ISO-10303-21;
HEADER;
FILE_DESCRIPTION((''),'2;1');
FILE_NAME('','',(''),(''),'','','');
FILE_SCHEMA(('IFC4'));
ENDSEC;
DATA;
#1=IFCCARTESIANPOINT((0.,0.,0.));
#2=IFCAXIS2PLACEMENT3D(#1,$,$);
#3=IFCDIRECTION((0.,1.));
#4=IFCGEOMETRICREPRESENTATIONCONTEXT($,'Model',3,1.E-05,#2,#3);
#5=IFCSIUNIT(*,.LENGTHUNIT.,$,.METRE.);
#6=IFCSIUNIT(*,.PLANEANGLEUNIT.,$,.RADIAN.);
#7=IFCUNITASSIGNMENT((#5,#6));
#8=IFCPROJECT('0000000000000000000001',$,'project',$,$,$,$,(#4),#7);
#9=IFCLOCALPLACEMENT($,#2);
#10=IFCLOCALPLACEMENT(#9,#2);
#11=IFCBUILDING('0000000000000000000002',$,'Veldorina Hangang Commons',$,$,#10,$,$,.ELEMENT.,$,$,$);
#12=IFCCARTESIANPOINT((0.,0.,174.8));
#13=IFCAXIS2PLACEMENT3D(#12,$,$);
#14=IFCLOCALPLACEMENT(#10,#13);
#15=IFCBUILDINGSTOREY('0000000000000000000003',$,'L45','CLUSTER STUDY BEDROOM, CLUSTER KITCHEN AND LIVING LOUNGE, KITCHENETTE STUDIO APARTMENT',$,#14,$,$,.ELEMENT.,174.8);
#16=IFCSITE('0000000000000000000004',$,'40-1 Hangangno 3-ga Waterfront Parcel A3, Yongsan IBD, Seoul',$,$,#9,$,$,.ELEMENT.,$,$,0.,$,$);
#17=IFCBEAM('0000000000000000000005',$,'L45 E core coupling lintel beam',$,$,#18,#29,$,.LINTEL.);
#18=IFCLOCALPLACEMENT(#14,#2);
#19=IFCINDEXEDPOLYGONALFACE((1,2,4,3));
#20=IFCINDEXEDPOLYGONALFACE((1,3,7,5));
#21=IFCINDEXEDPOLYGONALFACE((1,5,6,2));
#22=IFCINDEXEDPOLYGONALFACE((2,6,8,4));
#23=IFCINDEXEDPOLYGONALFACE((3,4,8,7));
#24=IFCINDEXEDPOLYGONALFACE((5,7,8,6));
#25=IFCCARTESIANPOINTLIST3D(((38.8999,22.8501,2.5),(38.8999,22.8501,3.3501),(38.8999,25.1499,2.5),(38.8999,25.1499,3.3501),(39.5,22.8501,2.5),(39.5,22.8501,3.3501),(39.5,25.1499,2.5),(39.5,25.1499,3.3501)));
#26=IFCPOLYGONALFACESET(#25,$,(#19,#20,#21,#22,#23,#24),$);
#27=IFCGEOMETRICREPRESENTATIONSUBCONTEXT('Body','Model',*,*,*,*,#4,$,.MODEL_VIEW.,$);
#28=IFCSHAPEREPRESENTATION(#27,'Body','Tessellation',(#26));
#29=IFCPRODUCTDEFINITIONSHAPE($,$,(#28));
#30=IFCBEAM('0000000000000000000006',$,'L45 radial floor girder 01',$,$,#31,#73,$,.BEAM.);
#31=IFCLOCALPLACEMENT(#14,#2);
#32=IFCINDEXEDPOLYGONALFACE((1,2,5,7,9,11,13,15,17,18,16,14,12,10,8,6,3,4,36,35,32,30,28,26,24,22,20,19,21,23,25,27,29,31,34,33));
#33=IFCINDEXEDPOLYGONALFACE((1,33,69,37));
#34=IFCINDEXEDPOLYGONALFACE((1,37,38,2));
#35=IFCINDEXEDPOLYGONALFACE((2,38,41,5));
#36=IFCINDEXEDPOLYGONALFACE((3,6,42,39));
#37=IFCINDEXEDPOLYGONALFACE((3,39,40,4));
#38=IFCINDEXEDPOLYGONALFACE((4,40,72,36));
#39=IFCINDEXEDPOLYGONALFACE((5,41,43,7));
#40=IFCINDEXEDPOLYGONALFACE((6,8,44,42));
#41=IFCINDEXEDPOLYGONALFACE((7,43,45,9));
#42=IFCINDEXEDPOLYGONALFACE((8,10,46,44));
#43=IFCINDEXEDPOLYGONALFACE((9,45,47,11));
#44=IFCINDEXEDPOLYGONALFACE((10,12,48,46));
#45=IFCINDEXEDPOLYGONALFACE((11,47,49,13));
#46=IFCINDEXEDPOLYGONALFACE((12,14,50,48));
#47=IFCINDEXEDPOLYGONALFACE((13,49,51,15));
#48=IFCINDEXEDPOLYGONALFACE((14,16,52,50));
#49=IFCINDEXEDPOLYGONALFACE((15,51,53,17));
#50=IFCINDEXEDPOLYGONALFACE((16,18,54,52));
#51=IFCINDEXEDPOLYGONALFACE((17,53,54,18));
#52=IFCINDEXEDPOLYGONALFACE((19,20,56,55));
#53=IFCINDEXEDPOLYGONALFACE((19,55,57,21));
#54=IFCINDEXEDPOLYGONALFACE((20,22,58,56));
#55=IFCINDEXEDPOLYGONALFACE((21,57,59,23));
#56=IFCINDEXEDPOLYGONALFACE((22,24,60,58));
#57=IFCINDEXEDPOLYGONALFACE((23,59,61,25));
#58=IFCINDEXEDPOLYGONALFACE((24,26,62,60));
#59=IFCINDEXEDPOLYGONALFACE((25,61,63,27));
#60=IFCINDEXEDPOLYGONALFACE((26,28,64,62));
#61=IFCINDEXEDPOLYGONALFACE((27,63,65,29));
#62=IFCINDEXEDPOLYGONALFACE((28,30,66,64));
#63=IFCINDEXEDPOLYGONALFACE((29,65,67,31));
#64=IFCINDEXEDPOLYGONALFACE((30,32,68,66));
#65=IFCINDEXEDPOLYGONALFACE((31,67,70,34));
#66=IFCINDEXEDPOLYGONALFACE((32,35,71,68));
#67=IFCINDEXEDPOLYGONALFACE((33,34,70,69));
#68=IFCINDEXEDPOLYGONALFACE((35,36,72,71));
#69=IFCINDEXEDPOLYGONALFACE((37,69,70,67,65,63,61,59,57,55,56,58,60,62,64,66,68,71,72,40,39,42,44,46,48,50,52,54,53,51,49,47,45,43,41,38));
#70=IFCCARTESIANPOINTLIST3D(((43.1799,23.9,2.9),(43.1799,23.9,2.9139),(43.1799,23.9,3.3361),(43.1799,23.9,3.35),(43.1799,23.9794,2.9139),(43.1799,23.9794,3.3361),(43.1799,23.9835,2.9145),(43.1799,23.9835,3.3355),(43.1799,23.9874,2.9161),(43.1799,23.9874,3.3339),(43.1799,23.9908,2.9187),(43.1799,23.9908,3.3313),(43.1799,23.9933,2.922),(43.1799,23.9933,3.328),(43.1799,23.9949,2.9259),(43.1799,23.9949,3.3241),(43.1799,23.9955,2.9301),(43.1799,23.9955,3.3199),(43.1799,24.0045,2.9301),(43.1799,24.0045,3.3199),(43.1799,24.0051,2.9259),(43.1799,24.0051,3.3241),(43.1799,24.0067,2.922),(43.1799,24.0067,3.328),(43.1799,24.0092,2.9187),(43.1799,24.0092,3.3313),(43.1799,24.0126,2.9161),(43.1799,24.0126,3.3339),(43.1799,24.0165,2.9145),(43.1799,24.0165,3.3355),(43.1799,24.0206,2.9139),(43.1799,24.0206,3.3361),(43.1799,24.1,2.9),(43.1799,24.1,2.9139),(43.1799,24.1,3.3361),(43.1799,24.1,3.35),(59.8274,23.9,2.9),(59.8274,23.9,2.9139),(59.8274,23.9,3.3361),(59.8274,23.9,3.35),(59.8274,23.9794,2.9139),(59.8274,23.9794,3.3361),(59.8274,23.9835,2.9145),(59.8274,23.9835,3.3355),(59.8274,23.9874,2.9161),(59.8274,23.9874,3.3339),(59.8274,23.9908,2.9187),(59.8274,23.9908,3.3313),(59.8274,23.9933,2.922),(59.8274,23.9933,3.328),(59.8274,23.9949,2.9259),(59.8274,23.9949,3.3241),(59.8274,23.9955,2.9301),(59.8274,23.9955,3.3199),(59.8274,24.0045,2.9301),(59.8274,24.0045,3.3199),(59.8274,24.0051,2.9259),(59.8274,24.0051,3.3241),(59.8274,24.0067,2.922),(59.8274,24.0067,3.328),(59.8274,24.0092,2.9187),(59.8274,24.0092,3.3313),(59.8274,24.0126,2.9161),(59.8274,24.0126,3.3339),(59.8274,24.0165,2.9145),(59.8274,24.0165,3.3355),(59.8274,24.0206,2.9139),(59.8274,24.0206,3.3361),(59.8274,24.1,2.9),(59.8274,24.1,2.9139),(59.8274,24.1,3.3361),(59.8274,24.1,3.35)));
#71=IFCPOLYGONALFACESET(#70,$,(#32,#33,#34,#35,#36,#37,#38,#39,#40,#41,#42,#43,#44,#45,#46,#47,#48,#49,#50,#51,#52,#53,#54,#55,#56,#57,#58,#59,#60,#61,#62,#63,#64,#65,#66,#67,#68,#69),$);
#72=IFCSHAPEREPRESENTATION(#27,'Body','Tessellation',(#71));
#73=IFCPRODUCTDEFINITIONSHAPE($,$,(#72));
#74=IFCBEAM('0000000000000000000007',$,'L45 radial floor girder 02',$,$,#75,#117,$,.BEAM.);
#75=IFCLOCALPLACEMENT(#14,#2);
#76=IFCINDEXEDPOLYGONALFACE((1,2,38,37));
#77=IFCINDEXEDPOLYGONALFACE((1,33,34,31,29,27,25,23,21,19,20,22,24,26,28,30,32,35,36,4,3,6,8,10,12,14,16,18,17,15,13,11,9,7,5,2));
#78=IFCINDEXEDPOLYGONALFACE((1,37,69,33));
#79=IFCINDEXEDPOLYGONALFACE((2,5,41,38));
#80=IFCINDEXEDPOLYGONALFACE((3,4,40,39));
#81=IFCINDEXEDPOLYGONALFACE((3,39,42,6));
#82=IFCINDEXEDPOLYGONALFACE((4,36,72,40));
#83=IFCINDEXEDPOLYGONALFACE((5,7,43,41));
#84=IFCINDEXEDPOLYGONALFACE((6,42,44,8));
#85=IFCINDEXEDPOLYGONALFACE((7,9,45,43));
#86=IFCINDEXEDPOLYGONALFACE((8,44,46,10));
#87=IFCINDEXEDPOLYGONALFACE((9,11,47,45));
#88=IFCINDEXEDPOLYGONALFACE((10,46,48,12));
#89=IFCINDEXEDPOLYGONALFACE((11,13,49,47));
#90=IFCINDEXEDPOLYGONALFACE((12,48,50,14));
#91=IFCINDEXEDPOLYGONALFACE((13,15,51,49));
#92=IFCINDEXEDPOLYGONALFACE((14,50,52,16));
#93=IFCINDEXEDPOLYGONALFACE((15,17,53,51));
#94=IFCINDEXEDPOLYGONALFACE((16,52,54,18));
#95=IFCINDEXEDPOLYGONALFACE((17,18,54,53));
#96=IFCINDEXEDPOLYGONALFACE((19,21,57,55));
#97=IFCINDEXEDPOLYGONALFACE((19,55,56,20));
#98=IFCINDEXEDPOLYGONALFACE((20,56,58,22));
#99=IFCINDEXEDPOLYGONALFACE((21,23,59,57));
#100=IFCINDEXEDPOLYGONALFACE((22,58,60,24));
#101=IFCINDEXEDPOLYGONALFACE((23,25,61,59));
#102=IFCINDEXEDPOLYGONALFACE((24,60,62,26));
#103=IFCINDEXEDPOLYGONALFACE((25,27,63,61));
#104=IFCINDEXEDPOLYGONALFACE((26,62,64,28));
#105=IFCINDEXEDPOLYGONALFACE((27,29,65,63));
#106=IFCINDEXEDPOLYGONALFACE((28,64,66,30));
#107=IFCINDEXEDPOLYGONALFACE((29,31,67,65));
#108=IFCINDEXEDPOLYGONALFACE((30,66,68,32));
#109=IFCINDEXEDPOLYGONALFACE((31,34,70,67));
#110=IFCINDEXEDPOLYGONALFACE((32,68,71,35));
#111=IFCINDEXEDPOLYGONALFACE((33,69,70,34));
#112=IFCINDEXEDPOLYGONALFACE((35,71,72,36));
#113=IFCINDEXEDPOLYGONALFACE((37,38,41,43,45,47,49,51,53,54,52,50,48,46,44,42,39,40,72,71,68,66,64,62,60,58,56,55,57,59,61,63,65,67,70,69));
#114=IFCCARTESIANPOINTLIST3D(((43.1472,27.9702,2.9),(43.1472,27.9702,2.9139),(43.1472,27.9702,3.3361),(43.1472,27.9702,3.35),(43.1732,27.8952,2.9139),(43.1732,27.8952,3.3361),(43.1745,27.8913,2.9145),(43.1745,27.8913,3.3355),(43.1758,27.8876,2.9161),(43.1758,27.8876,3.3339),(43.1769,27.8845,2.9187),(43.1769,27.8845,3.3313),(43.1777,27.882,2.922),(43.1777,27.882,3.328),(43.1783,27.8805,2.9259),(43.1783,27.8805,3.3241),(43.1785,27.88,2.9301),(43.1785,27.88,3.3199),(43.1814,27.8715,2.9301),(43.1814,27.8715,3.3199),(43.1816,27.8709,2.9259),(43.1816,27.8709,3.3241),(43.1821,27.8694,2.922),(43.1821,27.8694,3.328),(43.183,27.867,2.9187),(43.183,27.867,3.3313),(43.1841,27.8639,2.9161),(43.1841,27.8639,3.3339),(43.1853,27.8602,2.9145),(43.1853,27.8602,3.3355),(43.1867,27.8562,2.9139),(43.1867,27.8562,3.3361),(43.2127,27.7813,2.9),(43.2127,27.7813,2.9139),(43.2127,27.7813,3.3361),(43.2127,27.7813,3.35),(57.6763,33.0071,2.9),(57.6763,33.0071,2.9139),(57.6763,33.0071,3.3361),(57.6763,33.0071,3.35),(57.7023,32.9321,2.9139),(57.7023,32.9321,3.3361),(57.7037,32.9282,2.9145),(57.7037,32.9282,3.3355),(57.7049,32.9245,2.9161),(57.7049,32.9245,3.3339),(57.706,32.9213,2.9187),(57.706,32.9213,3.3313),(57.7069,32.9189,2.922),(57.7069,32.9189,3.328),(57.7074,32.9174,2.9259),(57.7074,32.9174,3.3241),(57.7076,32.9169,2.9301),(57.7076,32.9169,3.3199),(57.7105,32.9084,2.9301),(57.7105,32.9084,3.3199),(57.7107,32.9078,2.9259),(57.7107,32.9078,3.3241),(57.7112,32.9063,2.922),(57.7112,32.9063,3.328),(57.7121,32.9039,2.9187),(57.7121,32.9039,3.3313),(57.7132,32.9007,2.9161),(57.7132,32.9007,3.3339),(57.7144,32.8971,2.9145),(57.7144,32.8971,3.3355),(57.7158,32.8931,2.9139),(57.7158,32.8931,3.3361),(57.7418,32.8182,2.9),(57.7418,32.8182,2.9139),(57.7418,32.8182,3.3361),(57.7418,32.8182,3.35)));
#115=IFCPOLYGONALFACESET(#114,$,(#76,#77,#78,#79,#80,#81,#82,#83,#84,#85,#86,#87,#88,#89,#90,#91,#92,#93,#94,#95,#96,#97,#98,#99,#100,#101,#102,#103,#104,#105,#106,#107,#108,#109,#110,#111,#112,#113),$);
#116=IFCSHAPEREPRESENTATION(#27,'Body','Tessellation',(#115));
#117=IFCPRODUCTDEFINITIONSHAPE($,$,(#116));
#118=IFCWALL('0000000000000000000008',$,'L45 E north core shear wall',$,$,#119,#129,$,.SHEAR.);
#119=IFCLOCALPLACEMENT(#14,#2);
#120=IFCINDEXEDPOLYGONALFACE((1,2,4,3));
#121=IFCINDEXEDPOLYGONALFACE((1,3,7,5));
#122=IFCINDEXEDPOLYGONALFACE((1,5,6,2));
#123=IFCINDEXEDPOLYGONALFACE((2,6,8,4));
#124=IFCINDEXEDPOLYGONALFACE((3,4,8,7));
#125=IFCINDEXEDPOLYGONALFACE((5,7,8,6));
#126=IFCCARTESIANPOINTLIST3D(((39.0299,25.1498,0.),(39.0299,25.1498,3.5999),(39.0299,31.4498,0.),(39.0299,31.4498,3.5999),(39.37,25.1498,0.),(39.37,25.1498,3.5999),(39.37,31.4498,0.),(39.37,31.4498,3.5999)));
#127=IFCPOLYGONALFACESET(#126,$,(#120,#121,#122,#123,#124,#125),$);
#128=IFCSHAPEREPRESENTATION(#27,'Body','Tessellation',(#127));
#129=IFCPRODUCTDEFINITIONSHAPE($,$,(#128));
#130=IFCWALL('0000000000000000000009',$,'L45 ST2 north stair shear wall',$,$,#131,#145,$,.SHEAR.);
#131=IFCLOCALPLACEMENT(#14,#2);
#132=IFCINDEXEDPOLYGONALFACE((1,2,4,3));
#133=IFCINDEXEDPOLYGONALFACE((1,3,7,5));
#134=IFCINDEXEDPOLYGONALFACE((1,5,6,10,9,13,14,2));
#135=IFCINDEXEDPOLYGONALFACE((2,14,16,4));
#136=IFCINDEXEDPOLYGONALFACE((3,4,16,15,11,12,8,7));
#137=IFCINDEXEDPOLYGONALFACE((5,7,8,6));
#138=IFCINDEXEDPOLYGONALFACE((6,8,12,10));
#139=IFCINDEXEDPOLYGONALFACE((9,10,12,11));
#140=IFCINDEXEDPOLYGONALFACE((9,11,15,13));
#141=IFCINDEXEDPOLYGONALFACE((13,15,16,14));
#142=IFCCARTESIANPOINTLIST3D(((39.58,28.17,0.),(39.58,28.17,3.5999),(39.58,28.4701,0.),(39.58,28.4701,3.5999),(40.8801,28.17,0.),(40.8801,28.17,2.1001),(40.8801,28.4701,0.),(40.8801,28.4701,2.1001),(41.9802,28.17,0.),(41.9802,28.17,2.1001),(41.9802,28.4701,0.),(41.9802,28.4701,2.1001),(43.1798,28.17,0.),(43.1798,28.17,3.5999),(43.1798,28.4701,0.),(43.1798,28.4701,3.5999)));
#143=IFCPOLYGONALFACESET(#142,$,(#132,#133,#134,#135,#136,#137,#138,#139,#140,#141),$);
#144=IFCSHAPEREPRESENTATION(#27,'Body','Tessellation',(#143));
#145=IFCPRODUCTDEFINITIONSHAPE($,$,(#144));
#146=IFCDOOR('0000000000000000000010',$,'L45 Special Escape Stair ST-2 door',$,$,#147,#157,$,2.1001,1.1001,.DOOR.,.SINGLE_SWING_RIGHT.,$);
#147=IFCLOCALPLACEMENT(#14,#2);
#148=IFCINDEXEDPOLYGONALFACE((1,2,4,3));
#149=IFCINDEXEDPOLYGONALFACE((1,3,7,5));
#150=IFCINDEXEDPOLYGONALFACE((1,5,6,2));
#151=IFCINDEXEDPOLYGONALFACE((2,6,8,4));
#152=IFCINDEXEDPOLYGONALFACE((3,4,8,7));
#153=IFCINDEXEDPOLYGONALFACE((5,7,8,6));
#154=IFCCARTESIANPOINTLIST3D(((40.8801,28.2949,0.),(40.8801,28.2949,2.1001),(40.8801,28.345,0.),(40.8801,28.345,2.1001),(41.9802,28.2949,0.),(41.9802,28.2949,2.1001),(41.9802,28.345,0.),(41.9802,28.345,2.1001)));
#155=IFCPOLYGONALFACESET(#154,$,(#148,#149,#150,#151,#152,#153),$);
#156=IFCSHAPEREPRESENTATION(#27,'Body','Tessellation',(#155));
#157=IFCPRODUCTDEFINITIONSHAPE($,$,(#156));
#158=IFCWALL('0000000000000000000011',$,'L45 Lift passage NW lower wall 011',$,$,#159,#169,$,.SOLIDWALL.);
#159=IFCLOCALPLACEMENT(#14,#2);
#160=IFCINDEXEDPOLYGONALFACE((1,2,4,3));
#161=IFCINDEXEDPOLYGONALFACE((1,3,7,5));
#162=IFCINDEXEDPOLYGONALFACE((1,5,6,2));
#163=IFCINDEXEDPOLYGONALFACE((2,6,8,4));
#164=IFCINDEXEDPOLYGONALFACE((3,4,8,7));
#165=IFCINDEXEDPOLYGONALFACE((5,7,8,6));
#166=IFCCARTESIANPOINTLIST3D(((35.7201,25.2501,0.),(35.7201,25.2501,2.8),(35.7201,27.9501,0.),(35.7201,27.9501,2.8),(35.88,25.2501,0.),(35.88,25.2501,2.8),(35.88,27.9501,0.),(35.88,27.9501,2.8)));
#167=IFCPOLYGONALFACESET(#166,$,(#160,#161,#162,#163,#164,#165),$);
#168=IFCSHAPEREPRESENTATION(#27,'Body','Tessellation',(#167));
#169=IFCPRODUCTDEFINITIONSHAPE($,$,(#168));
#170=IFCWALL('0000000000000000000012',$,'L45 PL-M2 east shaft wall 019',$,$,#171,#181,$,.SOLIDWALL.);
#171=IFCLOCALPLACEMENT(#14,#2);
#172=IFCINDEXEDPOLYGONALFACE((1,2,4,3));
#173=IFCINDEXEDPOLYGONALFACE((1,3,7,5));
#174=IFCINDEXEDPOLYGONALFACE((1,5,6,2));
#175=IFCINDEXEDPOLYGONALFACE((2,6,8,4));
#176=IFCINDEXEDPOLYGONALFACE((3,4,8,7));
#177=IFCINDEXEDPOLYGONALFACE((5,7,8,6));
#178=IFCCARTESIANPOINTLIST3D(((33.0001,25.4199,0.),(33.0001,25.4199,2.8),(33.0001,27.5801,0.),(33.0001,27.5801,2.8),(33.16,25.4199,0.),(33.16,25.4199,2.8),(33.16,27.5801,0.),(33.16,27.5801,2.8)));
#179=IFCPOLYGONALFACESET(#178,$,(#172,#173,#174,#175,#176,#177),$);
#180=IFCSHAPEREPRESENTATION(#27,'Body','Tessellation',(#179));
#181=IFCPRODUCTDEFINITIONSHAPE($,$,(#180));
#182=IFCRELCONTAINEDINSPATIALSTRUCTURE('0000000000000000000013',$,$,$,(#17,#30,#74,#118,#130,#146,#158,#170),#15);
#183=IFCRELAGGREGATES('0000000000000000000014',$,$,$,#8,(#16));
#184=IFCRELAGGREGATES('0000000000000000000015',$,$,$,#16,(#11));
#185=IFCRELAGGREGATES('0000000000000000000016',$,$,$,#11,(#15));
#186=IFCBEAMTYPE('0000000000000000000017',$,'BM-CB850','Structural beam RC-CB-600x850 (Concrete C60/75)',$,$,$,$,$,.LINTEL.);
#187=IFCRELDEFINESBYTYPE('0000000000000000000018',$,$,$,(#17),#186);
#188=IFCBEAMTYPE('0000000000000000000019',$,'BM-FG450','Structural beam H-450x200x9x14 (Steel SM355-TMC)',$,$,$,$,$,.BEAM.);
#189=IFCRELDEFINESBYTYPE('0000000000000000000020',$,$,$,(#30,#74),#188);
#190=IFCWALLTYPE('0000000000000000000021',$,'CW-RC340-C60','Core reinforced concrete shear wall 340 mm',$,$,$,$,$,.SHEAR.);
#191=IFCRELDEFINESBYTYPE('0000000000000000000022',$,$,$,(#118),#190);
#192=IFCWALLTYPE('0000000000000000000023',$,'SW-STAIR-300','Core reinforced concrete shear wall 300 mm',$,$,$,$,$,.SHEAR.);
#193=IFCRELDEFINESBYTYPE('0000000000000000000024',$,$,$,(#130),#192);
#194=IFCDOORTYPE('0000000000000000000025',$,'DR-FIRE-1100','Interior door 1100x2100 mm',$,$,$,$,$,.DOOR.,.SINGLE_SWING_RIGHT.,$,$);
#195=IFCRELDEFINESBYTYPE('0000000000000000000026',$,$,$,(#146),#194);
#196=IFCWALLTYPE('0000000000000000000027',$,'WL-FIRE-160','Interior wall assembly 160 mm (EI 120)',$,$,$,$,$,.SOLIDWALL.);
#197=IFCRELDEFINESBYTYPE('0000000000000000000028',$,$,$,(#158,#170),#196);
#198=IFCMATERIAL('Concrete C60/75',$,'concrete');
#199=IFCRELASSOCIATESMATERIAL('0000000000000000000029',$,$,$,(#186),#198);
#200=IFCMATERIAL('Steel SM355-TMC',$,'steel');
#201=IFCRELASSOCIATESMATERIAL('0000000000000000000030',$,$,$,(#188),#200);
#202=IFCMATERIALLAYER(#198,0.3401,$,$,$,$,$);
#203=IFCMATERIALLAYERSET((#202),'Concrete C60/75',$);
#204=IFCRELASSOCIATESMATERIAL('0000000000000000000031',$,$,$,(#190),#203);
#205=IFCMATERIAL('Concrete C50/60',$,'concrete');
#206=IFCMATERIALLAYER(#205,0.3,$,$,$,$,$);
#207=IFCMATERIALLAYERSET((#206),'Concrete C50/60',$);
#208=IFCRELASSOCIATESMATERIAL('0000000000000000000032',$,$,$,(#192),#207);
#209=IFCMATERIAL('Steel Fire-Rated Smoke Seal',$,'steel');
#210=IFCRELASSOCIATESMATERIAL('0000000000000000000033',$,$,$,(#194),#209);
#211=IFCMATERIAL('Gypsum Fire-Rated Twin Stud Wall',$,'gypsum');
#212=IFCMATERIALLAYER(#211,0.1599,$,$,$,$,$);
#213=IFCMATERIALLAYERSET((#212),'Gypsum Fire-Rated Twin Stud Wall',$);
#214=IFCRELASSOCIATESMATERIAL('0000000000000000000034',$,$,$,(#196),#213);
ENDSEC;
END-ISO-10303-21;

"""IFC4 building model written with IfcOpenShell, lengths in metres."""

from ifc_helpers import new_model, si_unit, direction, frame, frame_2d, origin, origin_2d, place, context, subcontext, project, spatial, rectangle, i_section, extrude, material, layer, layer_set, material_profile, profile_set, type_object, element, fill, save


model = new_model("IFC4")

# Units and contexts
model_context = context("Model", 3, precision=1e-05, world=origin(), true_north=direction((0.0, 1.0)))
body_context = subcontext(model_context, "Body", "Model", "MODEL_VIEW")
ifc_project = project(units=[si_unit("LENGTHUNIT", "METRE"), si_unit("PLANEANGLEUNIT", "RADIAN")], contexts=[model_context])

# Site, building, storey
site_placement = place(None, origin())
site = spatial("IfcSite", under=ifc_project, at=site_placement, Name="40-1 Hangangno 3-ga Waterfront Parcel A3, Yongsan IBD, Seoul", CompositionType="ELEMENT", RefElevation=0.0)
building_placement = place(site_placement, origin())
building = spatial("IfcBuilding", under=site, at=building_placement, Name="Veldorina Hangang Commons", CompositionType="ELEMENT")
storey_placement = place(building_placement, frame((0.0, 0.0, 174.8)))
storey = spatial("IfcBuildingStorey", under=building, at=storey_placement, Name="L45", Description="CLUSTER STUDY BEDROOM, CLUSTER KITCHEN AND LIVING LOUNGE, KITCHENETTE STUDIO APARTMENT", CompositionType="ELEMENT", Elevation=174.8)

# Beams
ifc_material_1 = material(Name="Concrete C60/75", Category="concrete")
ifc_material_profile_1 = material_profile(ifc_material_1, rectangle(XDim=0.6001, YDim=0.8501, at=origin_2d()), Name="RC-CB-600x850")
ifc_profile_set_1 = profile_set([ifc_material_profile_1], Name="Concrete C60/75")
beam_type_1 = type_object("IfcBeamType", Name="BM-CB850", Description="Structural beam RC-CB-600x850 (Concrete C60/75)", PredefinedType="LINTEL", material=ifc_profile_set_1)
beam_1_placement = place(storey_placement, frame((39.2, 22.8501, 2.925), z_axis=(0.0, 1.0, 0.0), x_axis=(-1.0, 0.0, 0.0)))
element("IfcBeam", 1, at=beam_1_placement, inside=storey, type_object=beam_type_1, Name="L45 E core coupling lintel beam", PredefinedType="LINTEL", context=body_context, shape_type="SweptSolid", body=[
    extrude(rectangle(XDim=0.6001, YDim=0.8501, at=origin_2d()), origin(), (0.0, 0.0, 1.0), 2.2998),
])
ifc_material_2 = material(Name="Steel SM355-TMC", Category="steel")
ifc_material_profile_2 = material_profile(ifc_material_2, i_section(OverallWidth=0.2, OverallDepth=0.45, WebThickness=0.009, FlangeThickness=0.0139, FilletRadius=0.0161, at=origin_2d()), Name="H-450x200x9x14")
ifc_profile_set_2 = profile_set([ifc_material_profile_2], Name="Steel SM355-TMC")
beam_type_2 = type_object("IfcBeamType", Name="BM-FG450", Description="Structural beam H-450x200x9x14 (Steel SM355-TMC)", PredefinedType="BEAM", material=ifc_profile_set_2)
beam_2_placement = place(storey_placement, frame((43.1799, 24.0, 3.125), z_axis=(1.0, 0.0, 0.0), x_axis=(0.0, 1.0, 0.0)))
element("IfcBeam", 2, at=beam_2_placement, inside=storey, type_object=beam_type_2, Name="L45 radial floor girder 01", PredefinedType="BEAM", context=body_context, shape_type="SweptSolid", body=[
    extrude(i_section(OverallWidth=0.2, OverallDepth=0.45, WebThickness=0.009, FlangeThickness=0.0139, FilletRadius=0.0161, at=origin_2d()), origin(), (0.0, 0.0, 1.0), 16.6475),
])
beam_3_placement = place(storey_placement, frame((43.1799, 27.8757, 3.125), z_axis=(0.944834, 0.327551, 0.0), x_axis=(-0.327551, 0.944834, 0.0)))
element("IfcBeam", 3, at=beam_3_placement, inside=storey, type_object=beam_type_2, Name="L45 radial floor girder 02", PredefinedType="BEAM", context=body_context, shape_type="SweptSolid", body=[
    extrude(i_section(OverallWidth=0.2, OverallDepth=0.45, WebThickness=0.009, FlangeThickness=0.0139, FilletRadius=0.0161, at=origin_2d()), origin(), (0.0, 0.0, 1.0), 15.3774),
])

# Wall
ifc_layer_1 = layer(ifc_material_1, 0.3401)
ifc_layer_set_1 = layer_set([ifc_layer_1], Name="Concrete C60/75")
wall_type_1 = type_object("IfcWallType", Name="CW-RC340-C60", Description="Core reinforced concrete shear wall 340 mm", PredefinedType="SHEAR", material=ifc_layer_set_1)
wall_1_placement = place(storey_placement, frame((39.2, 25.1499, 0.0), z_axis=(0.0, 0.0, 1.0), x_axis=(0.0, 1.0, 0.0)))
element("IfcWall", 4, at=wall_1_placement, inside=storey, type_object=wall_type_1, Name="L45 E north core shear wall", PredefinedType="SHEAR", context=body_context, shape_type="SweptSolid", body=[
    extrude(rectangle(XDim=6.3, YDim=0.3401, at=frame_2d((3.1499, 0.0))), origin(), (0.0, 0.0, 1.0), 3.5999),
])

# Wall, opening, door
ifc_material_3 = material(Name="Concrete C50/60", Category="concrete")
ifc_layer_2 = layer(ifc_material_3, 0.3)
ifc_layer_set_2 = layer_set([ifc_layer_2], Name="Concrete C50/60")
wall_type_2 = type_object("IfcWallType", Name="SW-STAIR-300", Description="Core reinforced concrete shear wall 300 mm", PredefinedType="SHEAR", material=ifc_layer_set_2)
wall_2_placement = place(storey_placement, frame((39.5801, 28.3201, 0.0), z_axis=(0.0, 0.0, 1.0), x_axis=(1.0, 0.0, 0.0)))
wall_2 = element("IfcWall", 5, at=wall_2_placement, inside=storey, type_object=wall_type_2, Name="L45 ST2 north stair shear wall", PredefinedType="SHEAR", context=body_context, shape_type="SweptSolid", body=[
    extrude(rectangle(XDim=3.5999, YDim=0.3, at=frame_2d((1.7998, 0.0))), origin(), (0.0, 0.0, 1.0), 3.5999),
])
opening_1_placement = place(wall_2_placement, frame((1.3, 0.0, 0.0)))
opening_1 = element("IfcOpeningElement", 6, at=opening_1_placement, cuts=wall_2, PredefinedType="OPENING", context=body_context, shape_type="SweptSolid", body=[
    extrude(rectangle(XDim=1.1001, YDim=2.1001, at=frame_2d((0.55, 1.05))), frame((0.0, 0.1602, 0.0), z_axis=(0.0, -1.0, 0.0), x_axis=(1.0, 0.0, 0.0)), (0.0, 0.0, 1.0), 0.3201),
])
ifc_material_4 = material(Name="Steel Fire-Rated Smoke Seal", Category="steel")
door_type_1 = type_object("IfcDoorType", Name="DR-FIRE-1100", Description="Interior door 1100x2100 mm", OperationType="SINGLE_SWING_RIGHT", PredefinedType="DOOR", material=ifc_material_4)
door_1_placement = place(opening_1_placement, origin())
door_1 = element("IfcDoor", 7, at=door_1_placement, inside=storey, type_object=door_type_1, Name="L45 Special Escape Stair ST-2 door", OperationType="SINGLE_SWING_RIGHT", OverallHeight=2.1001, OverallWidth=1.1001, PredefinedType="DOOR", context=body_context, shape_type="SweptSolid", body=[
    extrude(rectangle(XDim=1.1001, YDim=2.1001, at=frame_2d((0.55, 1.05))), frame((0.0, 0.0249, 0.0), z_axis=(0.0, -1.0, 0.0), x_axis=(1.0, 0.0, 0.0)), (0.0, 0.0, 1.0), 0.05),
])
fill(opening_1, door_1)

# Walls
ifc_material_5 = material(Name="Gypsum Fire-Rated Twin Stud Wall", Category="gypsum")
ifc_layer_3 = layer(ifc_material_5, 0.1599)
ifc_layer_set_3 = layer_set([ifc_layer_3], Name="Gypsum Fire-Rated Twin Stud Wall")
wall_type_3 = type_object("IfcWallType", Name="WL-FIRE-160", Description="Interior wall assembly 160 mm (EI 120)", PredefinedType="SOLIDWALL", material=ifc_layer_set_3)
wall_3_placement = place(storey_placement, frame((35.8, 25.25, 0.0), z_axis=(0.0, 0.0, 1.0), x_axis=(0.0, 1.0, 0.0)))
element("IfcWall", 8, at=wall_3_placement, inside=storey, type_object=wall_type_3, Name="L45 Lift passage NW lower wall 011", PredefinedType="SOLIDWALL", context=body_context, shape_type="SweptSolid", body=[
    extrude(rectangle(XDim=2.7, YDim=0.1599, at=frame_2d((1.3501, 0.0))), origin(), (0.0, 0.0, 1.0), 2.8),
])
wall_4_placement = place(storey_placement, frame((33.0801, 25.4199, 0.0), z_axis=(0.0, 0.0, 1.0), x_axis=(0.0, 1.0, 0.0)))
element("IfcWall", 9, at=wall_4_placement, inside=storey, type_object=wall_type_3, Name="L45 PL-M2 east shaft wall 019", PredefinedType="SOLIDWALL", context=body_context, shape_type="SweptSolid", body=[
    extrude(rectangle(XDim=2.1602, YDim=0.1599, at=frame_2d((1.0801, 0.0))), origin(), (0.0, 0.0, 1.0), 2.8),
])

save(model, "model.ifc")
